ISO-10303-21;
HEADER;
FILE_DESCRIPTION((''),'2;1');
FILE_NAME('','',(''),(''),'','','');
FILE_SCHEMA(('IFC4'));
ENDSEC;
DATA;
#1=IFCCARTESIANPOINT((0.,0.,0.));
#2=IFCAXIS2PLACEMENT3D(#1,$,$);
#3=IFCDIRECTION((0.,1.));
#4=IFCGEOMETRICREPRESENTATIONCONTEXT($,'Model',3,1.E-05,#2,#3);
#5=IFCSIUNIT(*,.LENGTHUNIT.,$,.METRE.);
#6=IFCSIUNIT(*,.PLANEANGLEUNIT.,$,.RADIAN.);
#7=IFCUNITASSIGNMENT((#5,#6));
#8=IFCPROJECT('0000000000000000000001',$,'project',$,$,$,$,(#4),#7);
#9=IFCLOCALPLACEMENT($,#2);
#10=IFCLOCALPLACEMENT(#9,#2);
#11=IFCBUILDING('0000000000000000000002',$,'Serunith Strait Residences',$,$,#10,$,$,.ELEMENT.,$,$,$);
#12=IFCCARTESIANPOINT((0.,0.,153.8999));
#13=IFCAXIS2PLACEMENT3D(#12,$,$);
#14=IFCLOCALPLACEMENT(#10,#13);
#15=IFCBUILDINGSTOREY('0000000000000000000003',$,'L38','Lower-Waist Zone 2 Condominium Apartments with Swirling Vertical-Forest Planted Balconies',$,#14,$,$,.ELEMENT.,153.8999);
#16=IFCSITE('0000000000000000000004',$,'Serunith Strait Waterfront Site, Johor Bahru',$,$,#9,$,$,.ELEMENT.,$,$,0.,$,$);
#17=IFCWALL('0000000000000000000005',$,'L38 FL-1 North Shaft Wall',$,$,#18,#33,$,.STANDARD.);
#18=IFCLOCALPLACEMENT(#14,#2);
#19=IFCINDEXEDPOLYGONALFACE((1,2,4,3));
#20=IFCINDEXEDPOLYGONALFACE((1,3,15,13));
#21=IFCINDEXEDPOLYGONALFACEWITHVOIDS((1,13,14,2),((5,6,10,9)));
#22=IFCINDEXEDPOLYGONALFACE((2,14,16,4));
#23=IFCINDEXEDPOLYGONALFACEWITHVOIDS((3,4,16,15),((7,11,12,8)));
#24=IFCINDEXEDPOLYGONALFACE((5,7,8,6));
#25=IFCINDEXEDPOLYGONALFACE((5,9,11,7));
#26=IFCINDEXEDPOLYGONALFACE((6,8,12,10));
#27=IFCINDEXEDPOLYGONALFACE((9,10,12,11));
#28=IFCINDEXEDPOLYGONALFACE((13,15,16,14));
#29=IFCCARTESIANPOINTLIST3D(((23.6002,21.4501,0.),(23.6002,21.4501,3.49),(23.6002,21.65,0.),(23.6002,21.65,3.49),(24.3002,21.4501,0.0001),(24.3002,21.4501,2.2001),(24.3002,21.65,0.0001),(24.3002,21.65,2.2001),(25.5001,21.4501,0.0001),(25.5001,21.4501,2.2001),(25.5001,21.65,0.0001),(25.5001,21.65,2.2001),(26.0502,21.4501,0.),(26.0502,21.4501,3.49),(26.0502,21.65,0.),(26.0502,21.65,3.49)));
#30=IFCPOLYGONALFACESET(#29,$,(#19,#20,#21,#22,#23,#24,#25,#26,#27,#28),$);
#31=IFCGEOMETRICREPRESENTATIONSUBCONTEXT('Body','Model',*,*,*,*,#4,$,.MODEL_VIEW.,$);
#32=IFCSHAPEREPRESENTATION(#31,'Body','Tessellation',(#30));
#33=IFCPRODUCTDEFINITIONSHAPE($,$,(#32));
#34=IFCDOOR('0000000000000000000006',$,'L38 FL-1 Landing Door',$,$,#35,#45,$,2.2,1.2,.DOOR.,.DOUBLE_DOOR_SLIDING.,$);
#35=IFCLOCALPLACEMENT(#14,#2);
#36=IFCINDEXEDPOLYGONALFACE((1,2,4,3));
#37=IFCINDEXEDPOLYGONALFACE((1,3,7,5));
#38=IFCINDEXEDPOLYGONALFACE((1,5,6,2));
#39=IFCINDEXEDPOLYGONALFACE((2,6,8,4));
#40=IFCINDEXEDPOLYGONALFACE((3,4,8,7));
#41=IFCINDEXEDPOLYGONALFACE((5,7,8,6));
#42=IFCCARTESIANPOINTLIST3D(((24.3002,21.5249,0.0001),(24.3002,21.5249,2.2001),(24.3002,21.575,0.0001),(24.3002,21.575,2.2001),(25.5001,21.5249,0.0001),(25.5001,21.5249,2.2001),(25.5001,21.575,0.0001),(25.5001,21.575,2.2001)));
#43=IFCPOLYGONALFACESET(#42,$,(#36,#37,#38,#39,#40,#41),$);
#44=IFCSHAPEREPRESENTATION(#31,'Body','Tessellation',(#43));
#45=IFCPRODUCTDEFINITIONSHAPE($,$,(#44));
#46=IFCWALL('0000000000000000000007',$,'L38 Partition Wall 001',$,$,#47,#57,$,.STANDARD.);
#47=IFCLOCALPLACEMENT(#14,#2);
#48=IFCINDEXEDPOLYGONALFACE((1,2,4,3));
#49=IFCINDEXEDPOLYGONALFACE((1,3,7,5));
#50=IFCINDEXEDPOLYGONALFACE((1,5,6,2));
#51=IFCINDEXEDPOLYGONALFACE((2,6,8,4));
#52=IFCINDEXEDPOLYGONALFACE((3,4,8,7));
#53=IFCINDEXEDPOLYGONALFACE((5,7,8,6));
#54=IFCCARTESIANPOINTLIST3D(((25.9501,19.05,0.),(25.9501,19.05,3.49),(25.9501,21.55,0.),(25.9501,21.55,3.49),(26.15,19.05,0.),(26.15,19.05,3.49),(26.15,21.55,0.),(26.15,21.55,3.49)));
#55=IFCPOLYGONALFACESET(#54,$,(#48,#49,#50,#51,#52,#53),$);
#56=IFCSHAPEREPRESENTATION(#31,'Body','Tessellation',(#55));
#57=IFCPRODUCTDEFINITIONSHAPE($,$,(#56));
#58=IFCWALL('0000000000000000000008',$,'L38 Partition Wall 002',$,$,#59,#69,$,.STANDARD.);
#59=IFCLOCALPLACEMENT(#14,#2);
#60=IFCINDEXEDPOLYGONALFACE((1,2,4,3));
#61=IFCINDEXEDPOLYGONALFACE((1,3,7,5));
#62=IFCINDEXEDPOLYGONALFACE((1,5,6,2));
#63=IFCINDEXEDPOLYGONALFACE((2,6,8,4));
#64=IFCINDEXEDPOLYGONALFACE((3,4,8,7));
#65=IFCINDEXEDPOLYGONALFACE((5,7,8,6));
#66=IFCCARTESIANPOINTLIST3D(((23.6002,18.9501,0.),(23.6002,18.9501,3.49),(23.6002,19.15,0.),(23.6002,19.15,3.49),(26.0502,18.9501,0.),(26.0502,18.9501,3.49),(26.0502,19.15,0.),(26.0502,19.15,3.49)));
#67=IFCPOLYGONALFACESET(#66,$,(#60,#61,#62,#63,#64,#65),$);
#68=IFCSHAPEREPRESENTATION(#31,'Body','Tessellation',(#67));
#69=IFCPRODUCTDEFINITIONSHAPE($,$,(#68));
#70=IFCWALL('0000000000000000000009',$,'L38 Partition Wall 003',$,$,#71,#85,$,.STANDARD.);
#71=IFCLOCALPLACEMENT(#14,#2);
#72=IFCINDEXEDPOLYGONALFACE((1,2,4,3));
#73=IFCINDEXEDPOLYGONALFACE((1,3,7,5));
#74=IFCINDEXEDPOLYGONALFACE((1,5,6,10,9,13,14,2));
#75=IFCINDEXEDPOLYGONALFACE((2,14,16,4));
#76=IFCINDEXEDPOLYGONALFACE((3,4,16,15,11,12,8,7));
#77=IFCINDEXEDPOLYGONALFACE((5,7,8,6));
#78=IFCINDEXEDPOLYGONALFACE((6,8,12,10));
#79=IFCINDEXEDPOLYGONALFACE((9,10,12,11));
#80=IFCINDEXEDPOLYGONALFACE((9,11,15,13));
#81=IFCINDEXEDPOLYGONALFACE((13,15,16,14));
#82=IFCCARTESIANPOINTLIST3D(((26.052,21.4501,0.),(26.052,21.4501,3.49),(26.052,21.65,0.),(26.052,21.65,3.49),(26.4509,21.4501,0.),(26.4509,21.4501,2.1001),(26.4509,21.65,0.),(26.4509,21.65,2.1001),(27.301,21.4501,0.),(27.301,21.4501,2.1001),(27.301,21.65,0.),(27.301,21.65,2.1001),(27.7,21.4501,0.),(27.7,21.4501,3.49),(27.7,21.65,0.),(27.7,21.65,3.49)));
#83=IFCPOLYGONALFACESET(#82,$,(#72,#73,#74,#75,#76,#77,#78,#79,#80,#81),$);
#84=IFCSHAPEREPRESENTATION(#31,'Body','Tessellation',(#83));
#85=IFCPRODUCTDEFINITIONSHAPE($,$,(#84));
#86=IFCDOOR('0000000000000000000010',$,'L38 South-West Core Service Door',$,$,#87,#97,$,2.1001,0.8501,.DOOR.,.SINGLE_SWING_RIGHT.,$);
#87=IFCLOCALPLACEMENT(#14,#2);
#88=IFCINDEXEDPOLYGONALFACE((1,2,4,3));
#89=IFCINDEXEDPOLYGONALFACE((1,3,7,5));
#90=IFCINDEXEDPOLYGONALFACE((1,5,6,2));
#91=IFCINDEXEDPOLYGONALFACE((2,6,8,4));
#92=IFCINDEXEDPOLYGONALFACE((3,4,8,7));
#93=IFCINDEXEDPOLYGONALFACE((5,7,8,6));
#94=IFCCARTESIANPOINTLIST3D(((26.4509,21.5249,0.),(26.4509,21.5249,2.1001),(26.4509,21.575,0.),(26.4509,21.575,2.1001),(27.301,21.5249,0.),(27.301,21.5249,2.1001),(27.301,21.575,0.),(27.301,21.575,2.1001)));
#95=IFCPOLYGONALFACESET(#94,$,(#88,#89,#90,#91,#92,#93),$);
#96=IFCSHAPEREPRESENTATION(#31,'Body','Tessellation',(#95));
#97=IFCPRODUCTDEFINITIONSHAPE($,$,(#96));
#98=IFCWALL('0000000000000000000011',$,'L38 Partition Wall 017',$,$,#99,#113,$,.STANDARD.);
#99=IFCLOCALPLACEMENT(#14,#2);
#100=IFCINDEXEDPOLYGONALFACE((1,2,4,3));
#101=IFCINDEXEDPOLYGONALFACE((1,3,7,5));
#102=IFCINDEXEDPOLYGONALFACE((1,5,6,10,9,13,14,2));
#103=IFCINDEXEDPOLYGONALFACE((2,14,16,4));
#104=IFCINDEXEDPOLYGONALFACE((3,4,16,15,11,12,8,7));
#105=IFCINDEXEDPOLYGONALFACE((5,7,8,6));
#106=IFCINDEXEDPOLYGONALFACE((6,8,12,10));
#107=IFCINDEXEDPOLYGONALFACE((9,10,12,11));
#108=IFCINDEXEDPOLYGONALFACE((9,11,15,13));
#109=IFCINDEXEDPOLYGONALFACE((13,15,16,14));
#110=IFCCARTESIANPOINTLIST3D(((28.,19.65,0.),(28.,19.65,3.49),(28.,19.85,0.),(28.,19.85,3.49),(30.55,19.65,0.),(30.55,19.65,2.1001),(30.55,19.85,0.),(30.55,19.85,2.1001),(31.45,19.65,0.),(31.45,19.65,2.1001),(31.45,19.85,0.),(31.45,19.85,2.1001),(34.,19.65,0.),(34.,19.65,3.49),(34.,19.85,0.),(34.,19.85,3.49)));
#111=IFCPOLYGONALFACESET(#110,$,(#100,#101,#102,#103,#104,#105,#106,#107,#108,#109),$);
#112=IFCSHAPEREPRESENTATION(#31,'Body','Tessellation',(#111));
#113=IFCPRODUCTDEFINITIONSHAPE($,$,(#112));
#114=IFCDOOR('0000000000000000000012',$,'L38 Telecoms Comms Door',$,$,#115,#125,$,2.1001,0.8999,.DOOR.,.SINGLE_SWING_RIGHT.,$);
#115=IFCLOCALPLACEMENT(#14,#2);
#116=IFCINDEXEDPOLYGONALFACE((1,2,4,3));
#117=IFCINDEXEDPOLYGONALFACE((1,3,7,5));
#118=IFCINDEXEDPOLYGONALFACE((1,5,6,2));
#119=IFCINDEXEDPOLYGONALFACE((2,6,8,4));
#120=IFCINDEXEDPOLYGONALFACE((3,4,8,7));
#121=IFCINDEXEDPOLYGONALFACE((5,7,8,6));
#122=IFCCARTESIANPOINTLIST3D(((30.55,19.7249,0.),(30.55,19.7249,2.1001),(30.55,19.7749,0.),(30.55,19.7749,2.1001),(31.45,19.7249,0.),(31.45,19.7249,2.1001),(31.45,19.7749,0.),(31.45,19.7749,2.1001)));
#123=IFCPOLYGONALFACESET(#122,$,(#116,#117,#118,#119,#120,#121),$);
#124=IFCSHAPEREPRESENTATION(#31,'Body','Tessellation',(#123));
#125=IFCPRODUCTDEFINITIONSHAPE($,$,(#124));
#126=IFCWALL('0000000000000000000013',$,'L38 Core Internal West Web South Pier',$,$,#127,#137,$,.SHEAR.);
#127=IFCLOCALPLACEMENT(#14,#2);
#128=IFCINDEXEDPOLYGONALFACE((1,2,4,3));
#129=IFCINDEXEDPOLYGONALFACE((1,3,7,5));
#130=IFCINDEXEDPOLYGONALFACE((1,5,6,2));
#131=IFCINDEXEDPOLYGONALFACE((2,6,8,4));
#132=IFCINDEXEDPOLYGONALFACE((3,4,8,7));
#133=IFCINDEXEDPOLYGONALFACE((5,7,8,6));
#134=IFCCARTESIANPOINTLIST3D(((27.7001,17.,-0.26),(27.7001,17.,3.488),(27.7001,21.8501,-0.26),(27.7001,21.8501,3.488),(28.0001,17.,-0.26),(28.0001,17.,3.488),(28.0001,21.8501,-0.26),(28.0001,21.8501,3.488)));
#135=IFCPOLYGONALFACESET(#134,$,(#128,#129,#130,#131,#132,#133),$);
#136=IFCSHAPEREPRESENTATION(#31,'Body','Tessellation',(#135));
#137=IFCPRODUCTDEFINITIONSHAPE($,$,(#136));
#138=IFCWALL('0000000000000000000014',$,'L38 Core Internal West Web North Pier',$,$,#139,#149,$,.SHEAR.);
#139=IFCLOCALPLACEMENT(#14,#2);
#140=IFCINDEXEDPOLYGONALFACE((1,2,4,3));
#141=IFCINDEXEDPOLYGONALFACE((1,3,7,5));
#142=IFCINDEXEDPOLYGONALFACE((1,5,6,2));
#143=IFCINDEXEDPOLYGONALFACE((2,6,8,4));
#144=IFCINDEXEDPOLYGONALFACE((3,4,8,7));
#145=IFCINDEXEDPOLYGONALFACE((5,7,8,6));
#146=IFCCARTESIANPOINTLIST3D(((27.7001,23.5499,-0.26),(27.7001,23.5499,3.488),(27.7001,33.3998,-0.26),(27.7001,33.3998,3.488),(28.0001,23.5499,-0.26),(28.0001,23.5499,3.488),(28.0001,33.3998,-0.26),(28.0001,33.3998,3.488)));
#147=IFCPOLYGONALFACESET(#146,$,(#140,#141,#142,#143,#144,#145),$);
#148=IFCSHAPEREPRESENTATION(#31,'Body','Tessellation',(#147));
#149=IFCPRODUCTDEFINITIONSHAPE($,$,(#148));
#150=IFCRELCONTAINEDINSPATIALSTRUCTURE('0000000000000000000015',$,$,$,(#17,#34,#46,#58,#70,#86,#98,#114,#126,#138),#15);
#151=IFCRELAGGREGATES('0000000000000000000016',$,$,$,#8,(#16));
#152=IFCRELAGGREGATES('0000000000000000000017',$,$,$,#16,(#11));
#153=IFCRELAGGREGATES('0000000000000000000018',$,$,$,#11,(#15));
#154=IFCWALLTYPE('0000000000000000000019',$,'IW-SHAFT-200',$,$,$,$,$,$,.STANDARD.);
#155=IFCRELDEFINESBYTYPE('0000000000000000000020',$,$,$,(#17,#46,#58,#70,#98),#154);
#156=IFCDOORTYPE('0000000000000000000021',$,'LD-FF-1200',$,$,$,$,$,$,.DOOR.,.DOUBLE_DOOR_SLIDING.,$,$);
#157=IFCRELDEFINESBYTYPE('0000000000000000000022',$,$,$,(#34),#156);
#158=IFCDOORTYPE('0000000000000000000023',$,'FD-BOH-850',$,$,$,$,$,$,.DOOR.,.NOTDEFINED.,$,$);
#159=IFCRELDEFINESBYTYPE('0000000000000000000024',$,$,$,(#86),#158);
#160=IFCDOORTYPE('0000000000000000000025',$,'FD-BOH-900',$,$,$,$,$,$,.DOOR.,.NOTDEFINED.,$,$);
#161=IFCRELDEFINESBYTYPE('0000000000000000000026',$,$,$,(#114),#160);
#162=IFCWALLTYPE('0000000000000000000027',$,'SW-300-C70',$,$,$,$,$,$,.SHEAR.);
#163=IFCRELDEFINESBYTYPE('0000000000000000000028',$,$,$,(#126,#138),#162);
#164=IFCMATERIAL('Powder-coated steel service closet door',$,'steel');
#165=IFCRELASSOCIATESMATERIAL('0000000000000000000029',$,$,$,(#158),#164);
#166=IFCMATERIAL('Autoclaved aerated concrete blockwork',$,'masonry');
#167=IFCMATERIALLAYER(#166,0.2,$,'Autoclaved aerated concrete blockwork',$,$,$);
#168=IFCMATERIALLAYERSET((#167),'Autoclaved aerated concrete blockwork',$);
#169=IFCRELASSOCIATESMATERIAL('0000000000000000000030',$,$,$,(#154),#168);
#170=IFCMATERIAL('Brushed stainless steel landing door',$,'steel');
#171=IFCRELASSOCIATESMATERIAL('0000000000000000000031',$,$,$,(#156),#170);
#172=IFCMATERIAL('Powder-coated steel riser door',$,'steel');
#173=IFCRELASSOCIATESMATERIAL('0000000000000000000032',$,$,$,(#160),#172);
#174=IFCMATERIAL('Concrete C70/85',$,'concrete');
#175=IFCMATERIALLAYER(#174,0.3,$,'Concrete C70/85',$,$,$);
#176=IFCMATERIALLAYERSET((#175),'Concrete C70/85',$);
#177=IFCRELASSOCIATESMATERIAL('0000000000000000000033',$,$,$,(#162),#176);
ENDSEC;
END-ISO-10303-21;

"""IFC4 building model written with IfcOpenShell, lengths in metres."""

from ifc_helpers import new_model, si_unit, direction, frame, frame_2d, origin, place, context, subcontext, project, spatial, rectangle, extrude, source, transform, mapped, material, layer, layer_set, type_object, element, fill, save


model = new_model("IFC4")

# Units and contexts
model_context = context("Model", 3, precision=1e-05, world=origin(), true_north=direction((0.0, 1.0)))
body_context = subcontext(model_context, "Body", "Model", "MODEL_VIEW")
ifc_project = project(units=[si_unit("LENGTHUNIT", "METRE"), si_unit("PLANEANGLEUNIT", "RADIAN")], contexts=[model_context])

# Site, building, storey
site_placement = place(None, origin())
site = spatial("IfcSite", under=ifc_project, at=site_placement, Name="Serunith Strait Waterfront Site, Johor Bahru", CompositionType="ELEMENT", RefElevation=0.0)
building_placement = place(site_placement, origin())
building = spatial("IfcBuilding", under=site, at=building_placement, Name="Serunith Strait Residences", CompositionType="ELEMENT")
storey_placement = place(building_placement, frame((0.0, 0.0, 153.8999)))
storey = spatial("IfcBuildingStorey", under=building, at=storey_placement, Name="L38", Description="Lower-Waist Zone 2 Condominium Apartments with Swirling Vertical-Forest Planted Balconies", CompositionType="ELEMENT", Elevation=153.8999)

# Shared definitions
ifc_material_1 = material(Name="Powder-coated steel service closet door", Category="steel")
door_type_1 = type_object("IfcDoorType", Name="FD-BOH-850", OperationType="NOTDEFINED", PredefinedType="DOOR", material=ifc_material_1)
shared_shape_1 = source(origin(), body_context, "Body", "SweptSolid", [
    extrude(rectangle(XDim=0.8501, YDim=2.1001, at=frame_2d((0.425, 1.05))), frame((0.0, 0.0249, 0.0), z_axis=(0.0, -1.0, 0.0), x_axis=(1.0, 0.0, 0.0)), (0.0, 0.0, 1.0), 0.05),
])

# Wall, opening, door
ifc_material_2 = material(Name="Autoclaved aerated concrete blockwork", Category="masonry")
ifc_layer_1 = layer(ifc_material_2, 0.2, Name="Autoclaved aerated concrete blockwork")
ifc_layer_set_1 = layer_set([ifc_layer_1], Name="Autoclaved aerated concrete blockwork")
wall_type_1 = type_object("IfcWallType", Name="IW-SHAFT-200", PredefinedType="STANDARD", material=ifc_layer_set_1)
wall_1_placement = place(storey_placement, frame((23.6001, 21.55, 0.0), z_axis=(0.0, 0.0, 1.0), x_axis=(1.0, 0.0, 0.0)))
wall_1 = element("IfcWall", 1, at=wall_1_placement, inside=storey, type_object=wall_type_1, Name="L38 FL-1 North Shaft Wall", PredefinedType="STANDARD", context=body_context, shape_type="SweptSolid", body=[
    extrude(rectangle(XDim=2.45, YDim=0.2, at=frame_2d((1.2251, 0.0))), origin(), (0.0, 0.0, 1.0), 3.49),
])
opening_1_placement = place(wall_1_placement, frame((0.7, 0.0, 0.0)))
opening_1 = element("IfcOpeningElement", 2, at=opening_1_placement, cuts=wall_1, PredefinedType="OPENING", context=body_context, shape_type="SweptSolid", body=[
    extrude(rectangle(XDim=1.2, YDim=2.2, at=frame_2d((0.6001, 1.1001))), frame((0.0, 0.1099, 0.0), z_axis=(0.0, -1.0, 0.0), x_axis=(1.0, 0.0, 0.0)), (0.0, 0.0, 1.0), 0.22),
])
ifc_material_3 = material(Name="Brushed stainless steel landing door", Category="steel")
door_type_2 = type_object("IfcDoorType", Name="LD-FF-1200", OperationType="DOUBLE_DOOR_SLIDING", PredefinedType="DOOR", material=ifc_material_3)
shared_shape_2 = source(origin(), body_context, "Body", "SweptSolid", [
    extrude(rectangle(XDim=1.2, YDim=2.2, at=frame_2d((0.6001, 1.1001))), frame((0.0, 0.0249, 0.0), z_axis=(0.0, -1.0, 0.0), x_axis=(1.0, 0.0, 0.0)), (0.0, 0.0, 1.0), 0.05),
])
door_1_placement = place(opening_1_placement, origin())
door_1 = element("IfcDoor", 3, at=door_1_placement, inside=storey, type_object=door_type_2, Name="L38 FL-1 Landing Door", OperationType="DOUBLE_DOOR_SLIDING", OverallHeight=2.2, OverallWidth=1.2, PredefinedType="DOOR", context=body_context, shape_type="MappedRepresentation", body=[
    mapped(shared_shape_2, transform((0.0, 0.0, 0.0), scale=1.0)),
])
fill(opening_1, door_1)

# Walls
wall_2_placement = place(storey_placement, frame((26.05, 19.05, 0.0), z_axis=(0.0, 0.0, 1.0), x_axis=(0.0, 1.0, 0.0)))
element("IfcWall", 4, at=wall_2_placement, inside=storey, type_object=wall_type_1, Name="L38 Partition Wall 001", PredefinedType="STANDARD", context=body_context, shape_type="SweptSolid", body=[
    extrude(rectangle(XDim=2.5, YDim=0.2, at=frame_2d((1.25, 0.0))), origin(), (0.0, 0.0, 1.0), 3.49),
])
wall_3_placement = place(storey_placement, frame((23.6001, 19.05, 0.0), z_axis=(0.0, 0.0, 1.0), x_axis=(1.0, 0.0, 0.0)))
element("IfcWall", 5, at=wall_3_placement, inside=storey, type_object=wall_type_1, Name="L38 Partition Wall 002", PredefinedType="STANDARD", context=body_context, shape_type="SweptSolid", body=[
    extrude(rectangle(XDim=2.45, YDim=0.2, at=frame_2d((1.2251, 0.0))), origin(), (0.0, 0.0, 1.0), 3.49),
])

# Walls, openings, doors
wall_4_placement = place(storey_placement, frame((26.052, 21.55, 0.0), z_axis=(0.0, 0.0, 1.0), x_axis=(1.0, 0.0, 0.0)))
wall_4 = element("IfcWall", 6, at=wall_4_placement, inside=storey, type_object=wall_type_1, Name="L38 Partition Wall 003", PredefinedType="STANDARD", context=body_context, shape_type="SweptSolid", body=[
    extrude(rectangle(XDim=1.6479, YDim=0.2, at=frame_2d((0.824, 0.0))), origin(), (0.0, 0.0, 1.0), 3.49),
])
opening_2_placement = place(wall_4_placement, frame((0.3989, 0.0, 0.0)))
opening_2 = element("IfcOpeningElement", 7, at=opening_2_placement, cuts=wall_4, PredefinedType="OPENING", context=body_context, shape_type="SweptSolid", body=[
    extrude(rectangle(XDim=0.8501, YDim=2.1001, at=frame_2d((0.425, 1.05))), frame((0.0, 0.1099, 0.0), z_axis=(0.0, -1.0, 0.0), x_axis=(1.0, 0.0, 0.0)), (0.0, 0.0, 1.0), 0.22),
])
door_2_placement = place(opening_2_placement, origin())
door_2 = element("IfcDoor", 8, at=door_2_placement, inside=storey, type_object=door_type_1, Name="L38 South-West Core Service Door", OperationType="SINGLE_SWING_RIGHT", OverallHeight=2.1001, OverallWidth=0.8501, PredefinedType="DOOR", context=body_context, shape_type="MappedRepresentation", body=[
    mapped(shared_shape_1, transform((0.0, 0.0, 0.0), scale=1.0)),
])
fill(opening_2, door_2)
wall_5_placement = place(storey_placement, frame((28.0, 19.75, 0.0), z_axis=(0.0, 0.0, 1.0), x_axis=(1.0, 0.0, 0.0)))
wall_5 = element("IfcWall", 9, at=wall_5_placement, inside=storey, type_object=wall_type_1, Name="L38 Partition Wall 017", PredefinedType="STANDARD", context=body_context, shape_type="SweptSolid", body=[
    extrude(rectangle(XDim=6.0, YDim=0.2, at=frame_2d((3.0, 0.0))), origin(), (0.0, 0.0, 1.0), 3.49),
])
opening_3_placement = place(wall_5_placement, frame((2.55, 0.0, 0.0)))
opening_3 = element("IfcOpeningElement", 10, at=opening_3_placement, cuts=wall_5, PredefinedType="OPENING", context=body_context, shape_type="SweptSolid", body=[
    extrude(rectangle(XDim=0.8999, YDim=2.1001, at=frame_2d((0.45, 1.05))), frame((0.0, 0.1099, 0.0), z_axis=(0.0, -1.0, 0.0), x_axis=(1.0, 0.0, 0.0)), (0.0, 0.0, 1.0), 0.22),
])
ifc_material_4 = material(Name="Powder-coated steel riser door", Category="steel")
door_type_3 = type_object("IfcDoorType", Name="FD-BOH-900", OperationType="NOTDEFINED", PredefinedType="DOOR", material=ifc_material_4)
shared_shape_3 = source(origin(), body_context, "Body", "SweptSolid", [
    extrude(rectangle(XDim=0.8999, YDim=2.1001, at=frame_2d((0.45, 1.05))), frame((0.0, 0.0249, 0.0), z_axis=(0.0, -1.0, 0.0), x_axis=(1.0, 0.0, 0.0)), (0.0, 0.0, 1.0), 0.05),
])
door_3_placement = place(opening_3_placement, origin())
door_3 = element("IfcDoor", 11, at=door_3_placement, inside=storey, type_object=door_type_3, Name="L38 Telecoms Comms Door", OperationType="SINGLE_SWING_RIGHT", OverallHeight=2.1001, OverallWidth=0.8999, PredefinedType="DOOR", context=body_context, shape_type="MappedRepresentation", body=[
    mapped(shared_shape_3, transform((0.0, 0.0, 0.0), scale=1.0)),
])
fill(opening_3, door_3)

# Walls
ifc_material_5 = material(Name="Concrete C70/85", Category="concrete")
ifc_layer_2 = layer(ifc_material_5, 0.3, Name="Concrete C70/85")
ifc_layer_set_2 = layer_set([ifc_layer_2], Name="Concrete C70/85")
wall_type_2 = type_object("IfcWallType", Name="SW-300-C70", PredefinedType="SHEAR", material=ifc_layer_set_2)
wall_6_placement = place(storey_placement, frame((27.8501, 17.0, -0.26), z_axis=(0.0, 0.0, 1.0), x_axis=(0.0, 1.0, 0.0)))
element("IfcWall", 12, at=wall_6_placement, inside=storey, type_object=wall_type_2, Name="L38 Core Internal West Web South Pier", PredefinedType="SHEAR", context=body_context, shape_type="SweptSolid", body=[
    extrude(rectangle(XDim=4.8501, YDim=0.3, at=frame_2d((2.425, 0.0))), origin(), (0.0, 0.0, 1.0), 3.748),
])
wall_7_placement = place(storey_placement, frame((27.8501, 23.55, -0.26), z_axis=(0.0, 0.0, 1.0), x_axis=(0.0, 1.0, 0.0)))
element("IfcWall", 13, at=wall_7_placement, inside=storey, type_object=wall_type_2, Name="L38 Core Internal West Web North Pier", PredefinedType="SHEAR", context=body_context, shape_type="SweptSolid", body=[
    extrude(rectangle(XDim=9.8499, YDim=0.3, at=frame_2d((4.9248, 0.0))), origin(), (0.0, 0.0, 1.0), 3.748),
])

save(model, "model.ifc")
